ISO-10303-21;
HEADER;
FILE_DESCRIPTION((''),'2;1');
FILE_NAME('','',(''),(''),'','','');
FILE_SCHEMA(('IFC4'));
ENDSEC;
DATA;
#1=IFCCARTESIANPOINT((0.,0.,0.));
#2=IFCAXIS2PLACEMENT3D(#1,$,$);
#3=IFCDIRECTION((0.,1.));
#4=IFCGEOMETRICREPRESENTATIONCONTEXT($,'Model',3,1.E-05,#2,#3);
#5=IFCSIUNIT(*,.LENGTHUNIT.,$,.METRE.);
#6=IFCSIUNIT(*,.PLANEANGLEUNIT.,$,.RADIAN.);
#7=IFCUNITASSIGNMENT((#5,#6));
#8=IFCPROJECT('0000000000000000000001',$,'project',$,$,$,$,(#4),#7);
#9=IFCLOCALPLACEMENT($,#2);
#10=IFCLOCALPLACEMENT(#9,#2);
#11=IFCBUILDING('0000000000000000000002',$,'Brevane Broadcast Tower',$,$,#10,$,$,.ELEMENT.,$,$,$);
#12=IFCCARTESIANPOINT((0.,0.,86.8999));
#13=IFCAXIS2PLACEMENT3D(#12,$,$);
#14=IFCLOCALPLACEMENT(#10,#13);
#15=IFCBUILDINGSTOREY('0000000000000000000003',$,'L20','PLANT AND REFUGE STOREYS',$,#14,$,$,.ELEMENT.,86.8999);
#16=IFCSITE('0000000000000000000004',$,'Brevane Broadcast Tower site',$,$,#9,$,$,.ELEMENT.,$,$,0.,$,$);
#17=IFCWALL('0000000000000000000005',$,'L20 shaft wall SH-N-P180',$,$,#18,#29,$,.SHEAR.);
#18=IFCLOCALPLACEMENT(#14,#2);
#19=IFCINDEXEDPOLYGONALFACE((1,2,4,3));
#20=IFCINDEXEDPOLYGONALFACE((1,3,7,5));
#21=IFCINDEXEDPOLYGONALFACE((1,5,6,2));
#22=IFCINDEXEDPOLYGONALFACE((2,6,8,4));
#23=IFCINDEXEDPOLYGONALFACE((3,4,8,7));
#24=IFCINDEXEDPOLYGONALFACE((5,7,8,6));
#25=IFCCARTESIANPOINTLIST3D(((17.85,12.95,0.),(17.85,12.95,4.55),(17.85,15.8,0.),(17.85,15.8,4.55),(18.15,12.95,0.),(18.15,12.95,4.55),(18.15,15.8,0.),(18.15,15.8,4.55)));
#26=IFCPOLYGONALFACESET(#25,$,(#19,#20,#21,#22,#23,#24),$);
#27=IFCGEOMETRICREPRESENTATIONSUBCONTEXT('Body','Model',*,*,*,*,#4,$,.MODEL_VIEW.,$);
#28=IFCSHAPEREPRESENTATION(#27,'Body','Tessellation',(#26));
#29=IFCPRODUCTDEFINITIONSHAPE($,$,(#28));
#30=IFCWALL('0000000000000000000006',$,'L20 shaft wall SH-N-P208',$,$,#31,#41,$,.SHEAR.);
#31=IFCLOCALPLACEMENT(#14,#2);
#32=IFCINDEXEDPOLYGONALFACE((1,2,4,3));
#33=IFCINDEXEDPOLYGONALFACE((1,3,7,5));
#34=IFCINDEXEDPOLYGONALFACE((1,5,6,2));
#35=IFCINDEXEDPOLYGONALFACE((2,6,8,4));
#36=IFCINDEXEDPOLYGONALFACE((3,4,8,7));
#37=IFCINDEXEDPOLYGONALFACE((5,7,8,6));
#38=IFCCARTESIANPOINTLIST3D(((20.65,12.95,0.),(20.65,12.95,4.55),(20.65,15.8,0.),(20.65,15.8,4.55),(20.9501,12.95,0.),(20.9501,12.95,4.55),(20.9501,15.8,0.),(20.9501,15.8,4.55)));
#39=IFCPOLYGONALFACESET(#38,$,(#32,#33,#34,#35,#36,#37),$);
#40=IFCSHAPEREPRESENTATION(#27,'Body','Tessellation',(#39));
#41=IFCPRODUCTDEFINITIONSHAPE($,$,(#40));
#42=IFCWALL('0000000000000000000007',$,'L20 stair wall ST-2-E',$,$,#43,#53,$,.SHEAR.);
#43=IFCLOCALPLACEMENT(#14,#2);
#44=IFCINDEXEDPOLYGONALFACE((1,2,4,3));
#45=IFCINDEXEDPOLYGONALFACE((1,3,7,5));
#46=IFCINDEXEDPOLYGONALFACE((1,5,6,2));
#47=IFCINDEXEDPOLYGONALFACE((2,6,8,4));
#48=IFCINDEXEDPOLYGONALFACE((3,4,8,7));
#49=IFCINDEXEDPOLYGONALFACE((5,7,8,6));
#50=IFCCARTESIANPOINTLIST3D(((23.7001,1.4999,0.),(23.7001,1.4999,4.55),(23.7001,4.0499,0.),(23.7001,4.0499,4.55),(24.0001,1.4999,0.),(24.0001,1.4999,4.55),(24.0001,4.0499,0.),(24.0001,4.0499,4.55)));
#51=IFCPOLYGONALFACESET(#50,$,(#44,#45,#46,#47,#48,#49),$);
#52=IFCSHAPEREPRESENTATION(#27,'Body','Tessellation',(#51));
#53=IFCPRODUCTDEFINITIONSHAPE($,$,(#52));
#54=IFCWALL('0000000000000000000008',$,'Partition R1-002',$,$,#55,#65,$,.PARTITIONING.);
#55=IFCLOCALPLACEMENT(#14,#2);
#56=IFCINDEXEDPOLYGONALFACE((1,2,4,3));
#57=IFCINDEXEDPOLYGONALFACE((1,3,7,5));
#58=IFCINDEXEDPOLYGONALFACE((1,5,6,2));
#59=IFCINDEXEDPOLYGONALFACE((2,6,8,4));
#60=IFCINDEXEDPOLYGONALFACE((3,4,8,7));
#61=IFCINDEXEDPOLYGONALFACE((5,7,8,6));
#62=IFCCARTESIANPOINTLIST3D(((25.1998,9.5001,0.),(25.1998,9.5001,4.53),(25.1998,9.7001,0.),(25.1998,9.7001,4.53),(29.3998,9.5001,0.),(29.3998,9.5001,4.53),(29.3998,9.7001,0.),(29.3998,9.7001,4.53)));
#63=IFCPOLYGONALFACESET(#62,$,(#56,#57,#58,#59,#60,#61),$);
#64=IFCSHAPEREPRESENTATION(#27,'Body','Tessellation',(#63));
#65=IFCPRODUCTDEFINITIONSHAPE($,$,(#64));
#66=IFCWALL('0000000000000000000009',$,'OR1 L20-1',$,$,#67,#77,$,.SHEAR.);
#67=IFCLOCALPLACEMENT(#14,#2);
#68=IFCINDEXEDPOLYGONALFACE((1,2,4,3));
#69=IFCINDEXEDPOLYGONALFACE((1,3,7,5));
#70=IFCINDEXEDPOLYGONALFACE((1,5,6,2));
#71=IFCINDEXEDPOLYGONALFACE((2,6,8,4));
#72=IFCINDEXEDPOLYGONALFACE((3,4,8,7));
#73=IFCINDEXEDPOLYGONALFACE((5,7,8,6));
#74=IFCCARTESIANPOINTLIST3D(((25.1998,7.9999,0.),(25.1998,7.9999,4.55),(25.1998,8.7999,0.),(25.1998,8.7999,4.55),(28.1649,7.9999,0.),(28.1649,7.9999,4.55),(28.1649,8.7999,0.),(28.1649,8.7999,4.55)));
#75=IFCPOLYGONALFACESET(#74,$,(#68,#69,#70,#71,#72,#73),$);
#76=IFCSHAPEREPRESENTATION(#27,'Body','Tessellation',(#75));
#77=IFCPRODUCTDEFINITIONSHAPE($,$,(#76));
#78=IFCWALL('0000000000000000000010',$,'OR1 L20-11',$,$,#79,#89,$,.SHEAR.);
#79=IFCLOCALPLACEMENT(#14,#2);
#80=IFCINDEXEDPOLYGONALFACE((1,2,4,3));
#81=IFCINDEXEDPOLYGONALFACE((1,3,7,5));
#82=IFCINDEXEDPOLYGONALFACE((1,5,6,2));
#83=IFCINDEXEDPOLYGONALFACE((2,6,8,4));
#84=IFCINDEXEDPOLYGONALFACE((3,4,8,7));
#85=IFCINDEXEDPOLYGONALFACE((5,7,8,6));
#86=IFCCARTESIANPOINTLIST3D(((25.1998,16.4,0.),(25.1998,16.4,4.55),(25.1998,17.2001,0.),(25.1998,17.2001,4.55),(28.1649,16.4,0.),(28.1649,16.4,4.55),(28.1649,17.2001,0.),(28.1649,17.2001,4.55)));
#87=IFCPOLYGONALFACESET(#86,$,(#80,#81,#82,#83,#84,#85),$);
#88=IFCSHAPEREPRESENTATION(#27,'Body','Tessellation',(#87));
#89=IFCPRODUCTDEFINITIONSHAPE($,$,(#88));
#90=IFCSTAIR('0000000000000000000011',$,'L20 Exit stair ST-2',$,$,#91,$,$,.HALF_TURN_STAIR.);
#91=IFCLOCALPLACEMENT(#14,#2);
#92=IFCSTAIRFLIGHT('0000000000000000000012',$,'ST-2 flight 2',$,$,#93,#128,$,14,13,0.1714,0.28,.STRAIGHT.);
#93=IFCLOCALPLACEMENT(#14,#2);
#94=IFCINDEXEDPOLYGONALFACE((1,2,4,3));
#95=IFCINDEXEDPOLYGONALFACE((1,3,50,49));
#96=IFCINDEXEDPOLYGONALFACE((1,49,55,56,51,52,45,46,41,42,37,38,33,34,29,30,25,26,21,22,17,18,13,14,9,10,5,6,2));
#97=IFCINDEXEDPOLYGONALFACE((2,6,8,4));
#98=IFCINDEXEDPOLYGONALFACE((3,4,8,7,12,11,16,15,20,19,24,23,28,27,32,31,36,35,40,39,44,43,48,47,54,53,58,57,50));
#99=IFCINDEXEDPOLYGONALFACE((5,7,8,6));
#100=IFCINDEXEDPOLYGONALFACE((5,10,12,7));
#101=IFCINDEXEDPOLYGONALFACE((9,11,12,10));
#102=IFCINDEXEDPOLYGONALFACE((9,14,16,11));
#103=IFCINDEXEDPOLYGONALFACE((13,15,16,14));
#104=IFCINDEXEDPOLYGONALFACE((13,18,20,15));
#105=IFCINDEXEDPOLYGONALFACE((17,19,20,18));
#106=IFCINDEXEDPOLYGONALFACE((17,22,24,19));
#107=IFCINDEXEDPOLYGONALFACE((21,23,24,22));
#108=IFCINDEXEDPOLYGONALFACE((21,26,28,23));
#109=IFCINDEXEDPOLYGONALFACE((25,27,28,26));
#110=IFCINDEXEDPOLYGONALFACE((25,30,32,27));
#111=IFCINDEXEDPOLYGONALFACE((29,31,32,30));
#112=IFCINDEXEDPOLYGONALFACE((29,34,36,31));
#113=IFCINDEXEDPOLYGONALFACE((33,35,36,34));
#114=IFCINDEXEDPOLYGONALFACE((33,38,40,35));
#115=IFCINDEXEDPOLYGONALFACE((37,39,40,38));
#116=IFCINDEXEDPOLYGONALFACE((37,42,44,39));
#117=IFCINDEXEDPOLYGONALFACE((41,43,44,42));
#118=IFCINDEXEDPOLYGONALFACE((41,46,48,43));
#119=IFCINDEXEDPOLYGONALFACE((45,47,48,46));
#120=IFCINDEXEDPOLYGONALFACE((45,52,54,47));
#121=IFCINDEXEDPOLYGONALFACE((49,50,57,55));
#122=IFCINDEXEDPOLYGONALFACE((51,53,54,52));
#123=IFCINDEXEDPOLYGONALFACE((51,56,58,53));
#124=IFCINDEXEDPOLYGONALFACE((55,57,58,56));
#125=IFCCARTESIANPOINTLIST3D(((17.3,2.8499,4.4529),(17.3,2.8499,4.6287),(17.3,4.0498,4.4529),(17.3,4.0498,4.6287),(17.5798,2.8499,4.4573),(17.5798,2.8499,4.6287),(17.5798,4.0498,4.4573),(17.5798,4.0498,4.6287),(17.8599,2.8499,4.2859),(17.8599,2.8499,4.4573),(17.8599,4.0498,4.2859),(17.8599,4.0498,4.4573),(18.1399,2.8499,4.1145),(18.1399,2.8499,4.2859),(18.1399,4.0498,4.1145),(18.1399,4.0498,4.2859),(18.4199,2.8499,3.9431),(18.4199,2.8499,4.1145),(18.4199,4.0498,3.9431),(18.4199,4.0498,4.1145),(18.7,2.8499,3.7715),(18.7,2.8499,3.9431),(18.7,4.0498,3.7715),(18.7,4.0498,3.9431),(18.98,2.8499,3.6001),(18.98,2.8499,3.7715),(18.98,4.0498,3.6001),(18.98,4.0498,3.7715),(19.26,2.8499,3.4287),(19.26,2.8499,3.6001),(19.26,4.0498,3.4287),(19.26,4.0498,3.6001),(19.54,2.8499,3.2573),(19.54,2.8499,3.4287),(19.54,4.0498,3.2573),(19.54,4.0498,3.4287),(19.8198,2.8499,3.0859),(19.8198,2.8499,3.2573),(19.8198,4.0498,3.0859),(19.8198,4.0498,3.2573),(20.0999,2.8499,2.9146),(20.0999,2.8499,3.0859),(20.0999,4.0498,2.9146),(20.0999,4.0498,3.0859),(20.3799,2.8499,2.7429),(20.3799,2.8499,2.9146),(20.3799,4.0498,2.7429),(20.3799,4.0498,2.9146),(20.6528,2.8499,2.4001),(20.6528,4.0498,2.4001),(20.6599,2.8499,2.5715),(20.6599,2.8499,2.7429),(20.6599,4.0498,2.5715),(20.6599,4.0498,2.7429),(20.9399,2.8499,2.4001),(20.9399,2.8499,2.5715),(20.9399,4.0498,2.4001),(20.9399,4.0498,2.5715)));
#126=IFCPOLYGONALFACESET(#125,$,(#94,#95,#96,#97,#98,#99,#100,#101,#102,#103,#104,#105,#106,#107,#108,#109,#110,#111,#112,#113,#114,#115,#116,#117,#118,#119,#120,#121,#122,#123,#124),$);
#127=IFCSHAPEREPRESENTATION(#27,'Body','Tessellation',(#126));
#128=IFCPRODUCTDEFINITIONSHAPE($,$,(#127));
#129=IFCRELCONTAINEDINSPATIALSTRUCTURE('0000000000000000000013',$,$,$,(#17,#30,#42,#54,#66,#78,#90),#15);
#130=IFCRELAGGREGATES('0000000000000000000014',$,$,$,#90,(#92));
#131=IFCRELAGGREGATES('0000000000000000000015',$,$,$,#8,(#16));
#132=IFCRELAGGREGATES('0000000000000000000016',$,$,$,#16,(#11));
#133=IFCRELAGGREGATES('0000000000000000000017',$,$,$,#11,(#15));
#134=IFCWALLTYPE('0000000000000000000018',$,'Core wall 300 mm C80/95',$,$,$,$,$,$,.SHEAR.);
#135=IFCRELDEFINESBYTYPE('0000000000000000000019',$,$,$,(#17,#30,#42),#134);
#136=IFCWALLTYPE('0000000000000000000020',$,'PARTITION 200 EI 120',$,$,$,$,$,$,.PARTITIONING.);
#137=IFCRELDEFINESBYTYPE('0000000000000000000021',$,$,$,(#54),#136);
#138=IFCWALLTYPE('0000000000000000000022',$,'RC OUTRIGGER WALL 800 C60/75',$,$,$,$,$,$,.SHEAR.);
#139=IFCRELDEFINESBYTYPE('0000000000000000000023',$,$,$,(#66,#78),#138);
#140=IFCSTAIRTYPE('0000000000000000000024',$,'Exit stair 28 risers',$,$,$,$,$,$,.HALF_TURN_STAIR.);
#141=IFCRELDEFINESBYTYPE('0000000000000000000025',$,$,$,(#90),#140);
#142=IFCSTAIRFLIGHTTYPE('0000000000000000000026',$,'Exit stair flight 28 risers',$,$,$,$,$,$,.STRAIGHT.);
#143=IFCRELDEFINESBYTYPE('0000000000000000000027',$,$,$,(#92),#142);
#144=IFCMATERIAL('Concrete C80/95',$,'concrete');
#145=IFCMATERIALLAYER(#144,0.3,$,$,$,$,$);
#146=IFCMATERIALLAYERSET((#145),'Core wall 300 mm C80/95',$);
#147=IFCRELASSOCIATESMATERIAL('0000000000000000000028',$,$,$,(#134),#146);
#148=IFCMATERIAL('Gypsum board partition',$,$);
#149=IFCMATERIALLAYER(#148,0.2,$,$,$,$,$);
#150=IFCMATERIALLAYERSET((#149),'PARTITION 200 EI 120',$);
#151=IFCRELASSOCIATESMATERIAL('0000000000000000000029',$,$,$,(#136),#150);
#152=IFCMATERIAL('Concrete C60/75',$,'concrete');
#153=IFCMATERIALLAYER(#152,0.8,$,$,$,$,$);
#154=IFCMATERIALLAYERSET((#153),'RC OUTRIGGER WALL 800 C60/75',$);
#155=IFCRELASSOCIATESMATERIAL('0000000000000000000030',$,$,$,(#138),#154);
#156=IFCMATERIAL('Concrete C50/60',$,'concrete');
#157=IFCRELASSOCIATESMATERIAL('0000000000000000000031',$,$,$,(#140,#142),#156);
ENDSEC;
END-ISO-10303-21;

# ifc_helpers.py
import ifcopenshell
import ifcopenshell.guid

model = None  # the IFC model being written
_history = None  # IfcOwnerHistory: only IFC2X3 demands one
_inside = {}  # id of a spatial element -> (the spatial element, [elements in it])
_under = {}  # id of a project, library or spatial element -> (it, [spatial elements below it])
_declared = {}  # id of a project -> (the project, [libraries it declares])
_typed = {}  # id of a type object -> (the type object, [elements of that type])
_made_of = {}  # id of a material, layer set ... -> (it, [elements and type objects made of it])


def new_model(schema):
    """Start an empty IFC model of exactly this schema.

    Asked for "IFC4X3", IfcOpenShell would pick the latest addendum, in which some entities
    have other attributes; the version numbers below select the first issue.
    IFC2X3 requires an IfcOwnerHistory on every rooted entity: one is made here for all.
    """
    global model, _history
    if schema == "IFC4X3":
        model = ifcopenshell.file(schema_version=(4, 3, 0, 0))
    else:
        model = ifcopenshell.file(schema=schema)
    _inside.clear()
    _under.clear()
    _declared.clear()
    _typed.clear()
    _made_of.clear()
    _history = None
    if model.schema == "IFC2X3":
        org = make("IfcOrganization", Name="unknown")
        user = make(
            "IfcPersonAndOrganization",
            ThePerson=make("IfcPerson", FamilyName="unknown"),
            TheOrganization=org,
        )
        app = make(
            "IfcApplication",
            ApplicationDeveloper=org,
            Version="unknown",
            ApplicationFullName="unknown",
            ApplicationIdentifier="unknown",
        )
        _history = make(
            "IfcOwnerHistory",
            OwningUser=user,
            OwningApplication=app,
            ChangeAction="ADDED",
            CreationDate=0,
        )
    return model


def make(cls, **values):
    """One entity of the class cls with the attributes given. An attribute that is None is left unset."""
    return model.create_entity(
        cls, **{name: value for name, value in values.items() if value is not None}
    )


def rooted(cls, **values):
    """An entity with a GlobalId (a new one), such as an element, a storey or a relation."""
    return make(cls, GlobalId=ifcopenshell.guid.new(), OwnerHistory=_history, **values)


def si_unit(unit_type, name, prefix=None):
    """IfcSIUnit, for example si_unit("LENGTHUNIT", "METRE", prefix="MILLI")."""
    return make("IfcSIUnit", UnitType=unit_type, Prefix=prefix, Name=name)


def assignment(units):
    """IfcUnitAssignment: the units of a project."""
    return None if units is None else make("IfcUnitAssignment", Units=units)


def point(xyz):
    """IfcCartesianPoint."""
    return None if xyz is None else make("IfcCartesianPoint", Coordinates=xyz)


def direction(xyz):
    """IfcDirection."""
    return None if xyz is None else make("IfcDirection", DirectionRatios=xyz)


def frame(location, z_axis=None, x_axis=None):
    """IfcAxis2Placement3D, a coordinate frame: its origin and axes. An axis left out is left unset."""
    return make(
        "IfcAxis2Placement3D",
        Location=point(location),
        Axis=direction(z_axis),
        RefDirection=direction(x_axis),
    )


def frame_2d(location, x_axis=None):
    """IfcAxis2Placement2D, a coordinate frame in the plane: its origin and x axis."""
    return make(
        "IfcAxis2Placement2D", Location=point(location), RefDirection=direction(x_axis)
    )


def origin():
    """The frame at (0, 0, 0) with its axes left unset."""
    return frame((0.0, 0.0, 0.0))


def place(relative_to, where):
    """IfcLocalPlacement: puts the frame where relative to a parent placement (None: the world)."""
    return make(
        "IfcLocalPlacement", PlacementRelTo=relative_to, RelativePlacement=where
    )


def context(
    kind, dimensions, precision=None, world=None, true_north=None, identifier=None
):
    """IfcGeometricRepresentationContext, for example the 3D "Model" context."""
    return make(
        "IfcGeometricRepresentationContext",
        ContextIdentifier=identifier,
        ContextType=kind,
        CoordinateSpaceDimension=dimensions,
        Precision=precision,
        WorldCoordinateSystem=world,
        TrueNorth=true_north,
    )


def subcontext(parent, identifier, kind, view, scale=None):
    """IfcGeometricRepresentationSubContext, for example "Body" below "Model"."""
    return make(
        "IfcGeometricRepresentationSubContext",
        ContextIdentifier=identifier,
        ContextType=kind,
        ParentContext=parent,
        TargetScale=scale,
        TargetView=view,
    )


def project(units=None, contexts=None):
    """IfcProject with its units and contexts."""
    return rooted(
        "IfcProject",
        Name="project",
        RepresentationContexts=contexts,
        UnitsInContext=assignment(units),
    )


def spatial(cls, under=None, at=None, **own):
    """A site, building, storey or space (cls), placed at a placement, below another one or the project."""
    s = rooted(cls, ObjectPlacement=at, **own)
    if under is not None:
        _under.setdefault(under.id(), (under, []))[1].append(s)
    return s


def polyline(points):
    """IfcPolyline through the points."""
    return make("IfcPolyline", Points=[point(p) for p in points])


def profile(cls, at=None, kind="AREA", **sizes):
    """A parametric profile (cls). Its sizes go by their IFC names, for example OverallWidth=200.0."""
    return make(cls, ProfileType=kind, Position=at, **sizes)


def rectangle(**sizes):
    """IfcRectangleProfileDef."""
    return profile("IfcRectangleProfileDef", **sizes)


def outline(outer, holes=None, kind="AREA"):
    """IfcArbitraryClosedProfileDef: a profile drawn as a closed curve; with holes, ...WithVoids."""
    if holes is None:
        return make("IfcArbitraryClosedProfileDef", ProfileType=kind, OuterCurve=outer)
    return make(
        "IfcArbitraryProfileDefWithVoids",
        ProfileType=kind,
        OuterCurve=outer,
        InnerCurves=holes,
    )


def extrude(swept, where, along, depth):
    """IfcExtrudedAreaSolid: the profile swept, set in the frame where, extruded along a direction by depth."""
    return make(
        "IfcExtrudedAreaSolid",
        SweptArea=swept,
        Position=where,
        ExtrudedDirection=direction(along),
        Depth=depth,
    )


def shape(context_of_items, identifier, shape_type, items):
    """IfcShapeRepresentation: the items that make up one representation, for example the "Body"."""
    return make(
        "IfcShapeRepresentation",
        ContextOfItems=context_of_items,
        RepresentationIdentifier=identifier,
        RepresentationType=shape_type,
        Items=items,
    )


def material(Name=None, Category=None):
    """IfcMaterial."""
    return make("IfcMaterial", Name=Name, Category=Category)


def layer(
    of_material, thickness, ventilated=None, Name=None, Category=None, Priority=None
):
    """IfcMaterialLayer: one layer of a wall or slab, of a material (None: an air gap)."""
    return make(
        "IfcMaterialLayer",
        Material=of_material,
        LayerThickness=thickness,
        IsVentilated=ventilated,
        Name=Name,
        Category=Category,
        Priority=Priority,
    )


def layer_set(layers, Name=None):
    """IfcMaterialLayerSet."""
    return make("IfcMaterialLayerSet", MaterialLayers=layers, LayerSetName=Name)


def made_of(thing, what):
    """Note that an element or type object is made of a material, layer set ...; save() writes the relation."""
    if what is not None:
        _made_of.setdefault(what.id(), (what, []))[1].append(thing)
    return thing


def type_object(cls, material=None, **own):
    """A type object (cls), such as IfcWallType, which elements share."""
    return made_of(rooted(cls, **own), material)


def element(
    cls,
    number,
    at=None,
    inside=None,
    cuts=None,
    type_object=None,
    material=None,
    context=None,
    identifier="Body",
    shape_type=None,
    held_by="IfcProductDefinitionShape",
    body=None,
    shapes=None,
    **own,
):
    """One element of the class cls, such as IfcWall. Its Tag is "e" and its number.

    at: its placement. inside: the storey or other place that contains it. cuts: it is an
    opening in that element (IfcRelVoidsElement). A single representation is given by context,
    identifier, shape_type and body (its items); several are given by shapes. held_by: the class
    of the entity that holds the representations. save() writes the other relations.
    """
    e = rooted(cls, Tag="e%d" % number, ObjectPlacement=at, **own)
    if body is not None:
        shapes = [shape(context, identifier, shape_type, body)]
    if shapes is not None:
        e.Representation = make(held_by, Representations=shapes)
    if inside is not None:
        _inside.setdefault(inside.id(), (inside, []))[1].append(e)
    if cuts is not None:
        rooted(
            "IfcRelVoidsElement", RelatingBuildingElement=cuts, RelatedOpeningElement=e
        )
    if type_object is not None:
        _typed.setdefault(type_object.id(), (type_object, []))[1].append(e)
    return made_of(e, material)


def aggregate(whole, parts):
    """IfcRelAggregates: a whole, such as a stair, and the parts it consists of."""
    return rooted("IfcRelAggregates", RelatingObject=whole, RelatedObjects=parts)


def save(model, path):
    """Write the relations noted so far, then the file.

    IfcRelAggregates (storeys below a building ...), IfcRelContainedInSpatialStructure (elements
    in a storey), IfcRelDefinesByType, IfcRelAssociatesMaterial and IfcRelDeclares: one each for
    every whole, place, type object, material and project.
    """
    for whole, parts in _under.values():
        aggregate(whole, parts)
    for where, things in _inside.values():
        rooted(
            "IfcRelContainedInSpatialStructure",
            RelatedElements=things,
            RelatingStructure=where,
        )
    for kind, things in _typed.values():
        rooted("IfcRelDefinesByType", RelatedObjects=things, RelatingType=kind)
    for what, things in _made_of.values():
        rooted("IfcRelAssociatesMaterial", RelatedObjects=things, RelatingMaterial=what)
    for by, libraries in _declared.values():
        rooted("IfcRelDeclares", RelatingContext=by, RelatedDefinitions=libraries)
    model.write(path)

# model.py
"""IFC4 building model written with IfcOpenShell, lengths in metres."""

from ifc_helpers import new_model, si_unit, direction, frame, frame_2d, origin, place, context, subcontext, project, spatial, polyline, rectangle, outline, extrude, material, layer, layer_set, type_object, element, aggregate, save


model = new_model("IFC4")

# Units and contexts
model_context = context("Model", 3, precision=1e-05, world=origin(), true_north=direction((0.0, 1.0)))
body_context = subcontext(model_context, "Body", "Model", "MODEL_VIEW")
ifc_project = project(units=[si_unit("LENGTHUNIT", "METRE"), si_unit("PLANEANGLEUNIT", "RADIAN")], contexts=[model_context])

# Site, building, storey
site_placement = place(None, origin())
site = spatial("IfcSite", under=ifc_project, at=site_placement, Name="Brevane Broadcast Tower site", CompositionType="ELEMENT", RefElevation=0.0)
building_placement = place(site_placement, origin())
building = spatial("IfcBuilding", under=site, at=building_placement, Name="Brevane Broadcast Tower", CompositionType="ELEMENT")
storey_placement = place(building_placement, frame((0.0, 0.0, 86.8999)))
storey = spatial("IfcBuildingStorey", under=building, at=storey_placement, Name="L20", Description="PLANT AND REFUGE STOREYS", CompositionType="ELEMENT", Elevation=86.8999)

# Walls
ifc_material_1 = material(Name="Concrete C80/95", Category="concrete")
ifc_layer_1 = layer(ifc_material_1, 0.3)
ifc_layer_set_1 = layer_set([ifc_layer_1], Name="Core wall 300 mm C80/95")
wall_type_1 = type_object("IfcWallType", Name="Core wall 300 mm C80/95", PredefinedType="SHEAR", material=ifc_layer_set_1)
for number, where, z_axis, x_axis, name in (
    (1, (18.0, 12.95, 0.0), (0.0, 0.0, 1.0), (0.0, 1.0, 0.0), "L20 shaft wall SH-N-P180"),
    (2, (20.8, 12.95, 0.0), (0.0, 0.0, 1.0), (0.0, 1.0, 0.0), "L20 shaft wall SH-N-P208"),
):
    element("IfcWall", number, at=place(storey_placement, frame(where, z_axis=z_axis, x_axis=x_axis)), inside=storey, type_object=wall_type_1, Name=name, PredefinedType="SHEAR", context=body_context, shape_type="SweptSolid", body=[
        extrude(rectangle(XDim=2.8501, YDim=0.3, at=frame_2d((1.425, 0.0))), origin(), (0.0, 0.0, 1.0), 4.55),
    ])
wall_1_placement = place(storey_placement, frame((23.8501, 1.5, 0.0), z_axis=(0.0, 0.0, 1.0), x_axis=(0.0, 1.0, 0.0)))
element("IfcWall", 3, at=wall_1_placement, inside=storey, type_object=wall_type_1, Name="L20 stair wall ST-2-E", PredefinedType="SHEAR", context=body_context, shape_type="SweptSolid", body=[
    extrude(rectangle(XDim=2.55, YDim=0.3, at=frame_2d((1.2749, 0.0))), origin(), (0.0, 0.0, 1.0), 4.55),
])
ifc_material_2 = material(Name="Gypsum board partition")
ifc_layer_2 = layer(ifc_material_2, 0.2)
ifc_layer_set_2 = layer_set([ifc_layer_2], Name="PARTITION 200 EI 120")
wall_type_2 = type_object("IfcWallType", Name="PARTITION 200 EI 120", PredefinedType="PARTITIONING", material=ifc_layer_set_2)
wall_2_placement = place(storey_placement, frame((29.3999, 9.6001, 0.0), z_axis=(0.0, 0.0, 1.0), x_axis=(-1.0, 0.0, 0.0)))
element("IfcWall", 4, at=wall_2_placement, inside=storey, type_object=wall_type_2, Name="Partition R1-002", PredefinedType="PARTITIONING", context=body_context, shape_type="SweptSolid", body=[
    extrude(rectangle(XDim=4.2, YDim=0.2, at=frame_2d((2.1001, 0.0))), origin(), (0.0, 0.0, 1.0), 4.53),
])
ifc_material_3 = material(Name="Concrete C60/75", Category="concrete")
ifc_layer_3 = layer(ifc_material_3, 0.8)
ifc_layer_set_3 = layer_set([ifc_layer_3], Name="RC OUTRIGGER WALL 800 C60/75")
wall_type_3 = type_object("IfcWallType", Name="RC OUTRIGGER WALL 800 C60/75", PredefinedType="SHEAR", material=ifc_layer_set_3)
for number, where, z_axis, x_axis, name in (
    (5, (25.2, 8.3999, 0.0), (0.0, 0.0, 1.0), (1.0, 0.0, 0.0), "OR1 L20-1"),
    (6, (25.2, 16.8, 0.0), (0.0, 0.0, 1.0), (1.0, 0.0, 0.0), "OR1 L20-11"),
):
    element("IfcWall", number, at=place(storey_placement, frame(where, z_axis=z_axis, x_axis=x_axis)), inside=storey, type_object=wall_type_3, Name=name, PredefinedType="SHEAR", context=body_context, shape_type="SweptSolid", body=[
        extrude(rectangle(XDim=2.9651, YDim=0.8, at=frame_2d((1.4824, 0.0))), origin(), (0.0, 0.0, 1.0), 4.55),
    ])

# Stair, stair flight
ifc_material_4 = material(Name="Concrete C50/60", Category="concrete")
stair_type = type_object("IfcStairType", Name="Exit stair 28 risers", PredefinedType="HALF_TURN_STAIR", material=ifc_material_4)
stair_placement = place(storey_placement, origin())
stair = element("IfcStair", 7, at=stair_placement, inside=storey, type_object=stair_type, Name="L20 Exit stair ST-2", PredefinedType="HALF_TURN_STAIR")
stair_flight_type = type_object("IfcStairFlightType", Name="Exit stair flight 28 risers", PredefinedType="STRAIGHT", material=ifc_material_4)
stair_flight_placement = place(storey_placement, frame((20.9399, 3.45, 2.4001), z_axis=(0.0, 0.0, 1.0), x_axis=(-1.0, 0.0, 0.0)))
stair_flight = element("IfcStairFlight", 8, at=stair_flight_placement, type_object=stair_flight_type, Name="ST-2 flight 2", NumberOfRisers=14, NumberOfTreads=13, PredefinedType="STRAIGHT", RiserHeight=0.1714, TreadLength=0.28, context=body_context, shape_type="SweptSolid", body=[
    extrude(outline(polyline([(0.0, 0.0), (0.0, 0.1714), (0.28, 0.1714), (0.28, 0.3428), (0.5601, 0.3428), (0.5601, 0.5144), (0.8401, 0.5144), (0.8401, 0.6858), (1.1201, 0.6858), (1.1201, 0.8572), (1.3999, 0.8572), (1.3999, 1.0286), (1.6799, 1.0286), (1.6799, 1.2), (1.96, 1.2), (1.96, 1.3713), (2.24, 1.3713), (2.24, 1.543), (2.52, 1.543), (2.52, 1.7144), (2.8, 1.7144), (2.8, 1.8857), (3.0801, 1.8857), (3.0801, 2.0571), (3.3601, 2.0571), (3.3601, 2.2285), (3.6399, 2.2285), (3.6399, 2.3999), (3.6399, 2.0527), (0.2871, 0.0), (0.0, 0.0)])), frame((0.0, 0.6001, 0.0), z_axis=(0.0, -1.0, 0.0), x_axis=(1.0, 0.0, 0.0)), (0.0, 0.0, 1.0), 1.2),
])
aggregate(stair, [stair_flight])

save(model, "model.ifc")
